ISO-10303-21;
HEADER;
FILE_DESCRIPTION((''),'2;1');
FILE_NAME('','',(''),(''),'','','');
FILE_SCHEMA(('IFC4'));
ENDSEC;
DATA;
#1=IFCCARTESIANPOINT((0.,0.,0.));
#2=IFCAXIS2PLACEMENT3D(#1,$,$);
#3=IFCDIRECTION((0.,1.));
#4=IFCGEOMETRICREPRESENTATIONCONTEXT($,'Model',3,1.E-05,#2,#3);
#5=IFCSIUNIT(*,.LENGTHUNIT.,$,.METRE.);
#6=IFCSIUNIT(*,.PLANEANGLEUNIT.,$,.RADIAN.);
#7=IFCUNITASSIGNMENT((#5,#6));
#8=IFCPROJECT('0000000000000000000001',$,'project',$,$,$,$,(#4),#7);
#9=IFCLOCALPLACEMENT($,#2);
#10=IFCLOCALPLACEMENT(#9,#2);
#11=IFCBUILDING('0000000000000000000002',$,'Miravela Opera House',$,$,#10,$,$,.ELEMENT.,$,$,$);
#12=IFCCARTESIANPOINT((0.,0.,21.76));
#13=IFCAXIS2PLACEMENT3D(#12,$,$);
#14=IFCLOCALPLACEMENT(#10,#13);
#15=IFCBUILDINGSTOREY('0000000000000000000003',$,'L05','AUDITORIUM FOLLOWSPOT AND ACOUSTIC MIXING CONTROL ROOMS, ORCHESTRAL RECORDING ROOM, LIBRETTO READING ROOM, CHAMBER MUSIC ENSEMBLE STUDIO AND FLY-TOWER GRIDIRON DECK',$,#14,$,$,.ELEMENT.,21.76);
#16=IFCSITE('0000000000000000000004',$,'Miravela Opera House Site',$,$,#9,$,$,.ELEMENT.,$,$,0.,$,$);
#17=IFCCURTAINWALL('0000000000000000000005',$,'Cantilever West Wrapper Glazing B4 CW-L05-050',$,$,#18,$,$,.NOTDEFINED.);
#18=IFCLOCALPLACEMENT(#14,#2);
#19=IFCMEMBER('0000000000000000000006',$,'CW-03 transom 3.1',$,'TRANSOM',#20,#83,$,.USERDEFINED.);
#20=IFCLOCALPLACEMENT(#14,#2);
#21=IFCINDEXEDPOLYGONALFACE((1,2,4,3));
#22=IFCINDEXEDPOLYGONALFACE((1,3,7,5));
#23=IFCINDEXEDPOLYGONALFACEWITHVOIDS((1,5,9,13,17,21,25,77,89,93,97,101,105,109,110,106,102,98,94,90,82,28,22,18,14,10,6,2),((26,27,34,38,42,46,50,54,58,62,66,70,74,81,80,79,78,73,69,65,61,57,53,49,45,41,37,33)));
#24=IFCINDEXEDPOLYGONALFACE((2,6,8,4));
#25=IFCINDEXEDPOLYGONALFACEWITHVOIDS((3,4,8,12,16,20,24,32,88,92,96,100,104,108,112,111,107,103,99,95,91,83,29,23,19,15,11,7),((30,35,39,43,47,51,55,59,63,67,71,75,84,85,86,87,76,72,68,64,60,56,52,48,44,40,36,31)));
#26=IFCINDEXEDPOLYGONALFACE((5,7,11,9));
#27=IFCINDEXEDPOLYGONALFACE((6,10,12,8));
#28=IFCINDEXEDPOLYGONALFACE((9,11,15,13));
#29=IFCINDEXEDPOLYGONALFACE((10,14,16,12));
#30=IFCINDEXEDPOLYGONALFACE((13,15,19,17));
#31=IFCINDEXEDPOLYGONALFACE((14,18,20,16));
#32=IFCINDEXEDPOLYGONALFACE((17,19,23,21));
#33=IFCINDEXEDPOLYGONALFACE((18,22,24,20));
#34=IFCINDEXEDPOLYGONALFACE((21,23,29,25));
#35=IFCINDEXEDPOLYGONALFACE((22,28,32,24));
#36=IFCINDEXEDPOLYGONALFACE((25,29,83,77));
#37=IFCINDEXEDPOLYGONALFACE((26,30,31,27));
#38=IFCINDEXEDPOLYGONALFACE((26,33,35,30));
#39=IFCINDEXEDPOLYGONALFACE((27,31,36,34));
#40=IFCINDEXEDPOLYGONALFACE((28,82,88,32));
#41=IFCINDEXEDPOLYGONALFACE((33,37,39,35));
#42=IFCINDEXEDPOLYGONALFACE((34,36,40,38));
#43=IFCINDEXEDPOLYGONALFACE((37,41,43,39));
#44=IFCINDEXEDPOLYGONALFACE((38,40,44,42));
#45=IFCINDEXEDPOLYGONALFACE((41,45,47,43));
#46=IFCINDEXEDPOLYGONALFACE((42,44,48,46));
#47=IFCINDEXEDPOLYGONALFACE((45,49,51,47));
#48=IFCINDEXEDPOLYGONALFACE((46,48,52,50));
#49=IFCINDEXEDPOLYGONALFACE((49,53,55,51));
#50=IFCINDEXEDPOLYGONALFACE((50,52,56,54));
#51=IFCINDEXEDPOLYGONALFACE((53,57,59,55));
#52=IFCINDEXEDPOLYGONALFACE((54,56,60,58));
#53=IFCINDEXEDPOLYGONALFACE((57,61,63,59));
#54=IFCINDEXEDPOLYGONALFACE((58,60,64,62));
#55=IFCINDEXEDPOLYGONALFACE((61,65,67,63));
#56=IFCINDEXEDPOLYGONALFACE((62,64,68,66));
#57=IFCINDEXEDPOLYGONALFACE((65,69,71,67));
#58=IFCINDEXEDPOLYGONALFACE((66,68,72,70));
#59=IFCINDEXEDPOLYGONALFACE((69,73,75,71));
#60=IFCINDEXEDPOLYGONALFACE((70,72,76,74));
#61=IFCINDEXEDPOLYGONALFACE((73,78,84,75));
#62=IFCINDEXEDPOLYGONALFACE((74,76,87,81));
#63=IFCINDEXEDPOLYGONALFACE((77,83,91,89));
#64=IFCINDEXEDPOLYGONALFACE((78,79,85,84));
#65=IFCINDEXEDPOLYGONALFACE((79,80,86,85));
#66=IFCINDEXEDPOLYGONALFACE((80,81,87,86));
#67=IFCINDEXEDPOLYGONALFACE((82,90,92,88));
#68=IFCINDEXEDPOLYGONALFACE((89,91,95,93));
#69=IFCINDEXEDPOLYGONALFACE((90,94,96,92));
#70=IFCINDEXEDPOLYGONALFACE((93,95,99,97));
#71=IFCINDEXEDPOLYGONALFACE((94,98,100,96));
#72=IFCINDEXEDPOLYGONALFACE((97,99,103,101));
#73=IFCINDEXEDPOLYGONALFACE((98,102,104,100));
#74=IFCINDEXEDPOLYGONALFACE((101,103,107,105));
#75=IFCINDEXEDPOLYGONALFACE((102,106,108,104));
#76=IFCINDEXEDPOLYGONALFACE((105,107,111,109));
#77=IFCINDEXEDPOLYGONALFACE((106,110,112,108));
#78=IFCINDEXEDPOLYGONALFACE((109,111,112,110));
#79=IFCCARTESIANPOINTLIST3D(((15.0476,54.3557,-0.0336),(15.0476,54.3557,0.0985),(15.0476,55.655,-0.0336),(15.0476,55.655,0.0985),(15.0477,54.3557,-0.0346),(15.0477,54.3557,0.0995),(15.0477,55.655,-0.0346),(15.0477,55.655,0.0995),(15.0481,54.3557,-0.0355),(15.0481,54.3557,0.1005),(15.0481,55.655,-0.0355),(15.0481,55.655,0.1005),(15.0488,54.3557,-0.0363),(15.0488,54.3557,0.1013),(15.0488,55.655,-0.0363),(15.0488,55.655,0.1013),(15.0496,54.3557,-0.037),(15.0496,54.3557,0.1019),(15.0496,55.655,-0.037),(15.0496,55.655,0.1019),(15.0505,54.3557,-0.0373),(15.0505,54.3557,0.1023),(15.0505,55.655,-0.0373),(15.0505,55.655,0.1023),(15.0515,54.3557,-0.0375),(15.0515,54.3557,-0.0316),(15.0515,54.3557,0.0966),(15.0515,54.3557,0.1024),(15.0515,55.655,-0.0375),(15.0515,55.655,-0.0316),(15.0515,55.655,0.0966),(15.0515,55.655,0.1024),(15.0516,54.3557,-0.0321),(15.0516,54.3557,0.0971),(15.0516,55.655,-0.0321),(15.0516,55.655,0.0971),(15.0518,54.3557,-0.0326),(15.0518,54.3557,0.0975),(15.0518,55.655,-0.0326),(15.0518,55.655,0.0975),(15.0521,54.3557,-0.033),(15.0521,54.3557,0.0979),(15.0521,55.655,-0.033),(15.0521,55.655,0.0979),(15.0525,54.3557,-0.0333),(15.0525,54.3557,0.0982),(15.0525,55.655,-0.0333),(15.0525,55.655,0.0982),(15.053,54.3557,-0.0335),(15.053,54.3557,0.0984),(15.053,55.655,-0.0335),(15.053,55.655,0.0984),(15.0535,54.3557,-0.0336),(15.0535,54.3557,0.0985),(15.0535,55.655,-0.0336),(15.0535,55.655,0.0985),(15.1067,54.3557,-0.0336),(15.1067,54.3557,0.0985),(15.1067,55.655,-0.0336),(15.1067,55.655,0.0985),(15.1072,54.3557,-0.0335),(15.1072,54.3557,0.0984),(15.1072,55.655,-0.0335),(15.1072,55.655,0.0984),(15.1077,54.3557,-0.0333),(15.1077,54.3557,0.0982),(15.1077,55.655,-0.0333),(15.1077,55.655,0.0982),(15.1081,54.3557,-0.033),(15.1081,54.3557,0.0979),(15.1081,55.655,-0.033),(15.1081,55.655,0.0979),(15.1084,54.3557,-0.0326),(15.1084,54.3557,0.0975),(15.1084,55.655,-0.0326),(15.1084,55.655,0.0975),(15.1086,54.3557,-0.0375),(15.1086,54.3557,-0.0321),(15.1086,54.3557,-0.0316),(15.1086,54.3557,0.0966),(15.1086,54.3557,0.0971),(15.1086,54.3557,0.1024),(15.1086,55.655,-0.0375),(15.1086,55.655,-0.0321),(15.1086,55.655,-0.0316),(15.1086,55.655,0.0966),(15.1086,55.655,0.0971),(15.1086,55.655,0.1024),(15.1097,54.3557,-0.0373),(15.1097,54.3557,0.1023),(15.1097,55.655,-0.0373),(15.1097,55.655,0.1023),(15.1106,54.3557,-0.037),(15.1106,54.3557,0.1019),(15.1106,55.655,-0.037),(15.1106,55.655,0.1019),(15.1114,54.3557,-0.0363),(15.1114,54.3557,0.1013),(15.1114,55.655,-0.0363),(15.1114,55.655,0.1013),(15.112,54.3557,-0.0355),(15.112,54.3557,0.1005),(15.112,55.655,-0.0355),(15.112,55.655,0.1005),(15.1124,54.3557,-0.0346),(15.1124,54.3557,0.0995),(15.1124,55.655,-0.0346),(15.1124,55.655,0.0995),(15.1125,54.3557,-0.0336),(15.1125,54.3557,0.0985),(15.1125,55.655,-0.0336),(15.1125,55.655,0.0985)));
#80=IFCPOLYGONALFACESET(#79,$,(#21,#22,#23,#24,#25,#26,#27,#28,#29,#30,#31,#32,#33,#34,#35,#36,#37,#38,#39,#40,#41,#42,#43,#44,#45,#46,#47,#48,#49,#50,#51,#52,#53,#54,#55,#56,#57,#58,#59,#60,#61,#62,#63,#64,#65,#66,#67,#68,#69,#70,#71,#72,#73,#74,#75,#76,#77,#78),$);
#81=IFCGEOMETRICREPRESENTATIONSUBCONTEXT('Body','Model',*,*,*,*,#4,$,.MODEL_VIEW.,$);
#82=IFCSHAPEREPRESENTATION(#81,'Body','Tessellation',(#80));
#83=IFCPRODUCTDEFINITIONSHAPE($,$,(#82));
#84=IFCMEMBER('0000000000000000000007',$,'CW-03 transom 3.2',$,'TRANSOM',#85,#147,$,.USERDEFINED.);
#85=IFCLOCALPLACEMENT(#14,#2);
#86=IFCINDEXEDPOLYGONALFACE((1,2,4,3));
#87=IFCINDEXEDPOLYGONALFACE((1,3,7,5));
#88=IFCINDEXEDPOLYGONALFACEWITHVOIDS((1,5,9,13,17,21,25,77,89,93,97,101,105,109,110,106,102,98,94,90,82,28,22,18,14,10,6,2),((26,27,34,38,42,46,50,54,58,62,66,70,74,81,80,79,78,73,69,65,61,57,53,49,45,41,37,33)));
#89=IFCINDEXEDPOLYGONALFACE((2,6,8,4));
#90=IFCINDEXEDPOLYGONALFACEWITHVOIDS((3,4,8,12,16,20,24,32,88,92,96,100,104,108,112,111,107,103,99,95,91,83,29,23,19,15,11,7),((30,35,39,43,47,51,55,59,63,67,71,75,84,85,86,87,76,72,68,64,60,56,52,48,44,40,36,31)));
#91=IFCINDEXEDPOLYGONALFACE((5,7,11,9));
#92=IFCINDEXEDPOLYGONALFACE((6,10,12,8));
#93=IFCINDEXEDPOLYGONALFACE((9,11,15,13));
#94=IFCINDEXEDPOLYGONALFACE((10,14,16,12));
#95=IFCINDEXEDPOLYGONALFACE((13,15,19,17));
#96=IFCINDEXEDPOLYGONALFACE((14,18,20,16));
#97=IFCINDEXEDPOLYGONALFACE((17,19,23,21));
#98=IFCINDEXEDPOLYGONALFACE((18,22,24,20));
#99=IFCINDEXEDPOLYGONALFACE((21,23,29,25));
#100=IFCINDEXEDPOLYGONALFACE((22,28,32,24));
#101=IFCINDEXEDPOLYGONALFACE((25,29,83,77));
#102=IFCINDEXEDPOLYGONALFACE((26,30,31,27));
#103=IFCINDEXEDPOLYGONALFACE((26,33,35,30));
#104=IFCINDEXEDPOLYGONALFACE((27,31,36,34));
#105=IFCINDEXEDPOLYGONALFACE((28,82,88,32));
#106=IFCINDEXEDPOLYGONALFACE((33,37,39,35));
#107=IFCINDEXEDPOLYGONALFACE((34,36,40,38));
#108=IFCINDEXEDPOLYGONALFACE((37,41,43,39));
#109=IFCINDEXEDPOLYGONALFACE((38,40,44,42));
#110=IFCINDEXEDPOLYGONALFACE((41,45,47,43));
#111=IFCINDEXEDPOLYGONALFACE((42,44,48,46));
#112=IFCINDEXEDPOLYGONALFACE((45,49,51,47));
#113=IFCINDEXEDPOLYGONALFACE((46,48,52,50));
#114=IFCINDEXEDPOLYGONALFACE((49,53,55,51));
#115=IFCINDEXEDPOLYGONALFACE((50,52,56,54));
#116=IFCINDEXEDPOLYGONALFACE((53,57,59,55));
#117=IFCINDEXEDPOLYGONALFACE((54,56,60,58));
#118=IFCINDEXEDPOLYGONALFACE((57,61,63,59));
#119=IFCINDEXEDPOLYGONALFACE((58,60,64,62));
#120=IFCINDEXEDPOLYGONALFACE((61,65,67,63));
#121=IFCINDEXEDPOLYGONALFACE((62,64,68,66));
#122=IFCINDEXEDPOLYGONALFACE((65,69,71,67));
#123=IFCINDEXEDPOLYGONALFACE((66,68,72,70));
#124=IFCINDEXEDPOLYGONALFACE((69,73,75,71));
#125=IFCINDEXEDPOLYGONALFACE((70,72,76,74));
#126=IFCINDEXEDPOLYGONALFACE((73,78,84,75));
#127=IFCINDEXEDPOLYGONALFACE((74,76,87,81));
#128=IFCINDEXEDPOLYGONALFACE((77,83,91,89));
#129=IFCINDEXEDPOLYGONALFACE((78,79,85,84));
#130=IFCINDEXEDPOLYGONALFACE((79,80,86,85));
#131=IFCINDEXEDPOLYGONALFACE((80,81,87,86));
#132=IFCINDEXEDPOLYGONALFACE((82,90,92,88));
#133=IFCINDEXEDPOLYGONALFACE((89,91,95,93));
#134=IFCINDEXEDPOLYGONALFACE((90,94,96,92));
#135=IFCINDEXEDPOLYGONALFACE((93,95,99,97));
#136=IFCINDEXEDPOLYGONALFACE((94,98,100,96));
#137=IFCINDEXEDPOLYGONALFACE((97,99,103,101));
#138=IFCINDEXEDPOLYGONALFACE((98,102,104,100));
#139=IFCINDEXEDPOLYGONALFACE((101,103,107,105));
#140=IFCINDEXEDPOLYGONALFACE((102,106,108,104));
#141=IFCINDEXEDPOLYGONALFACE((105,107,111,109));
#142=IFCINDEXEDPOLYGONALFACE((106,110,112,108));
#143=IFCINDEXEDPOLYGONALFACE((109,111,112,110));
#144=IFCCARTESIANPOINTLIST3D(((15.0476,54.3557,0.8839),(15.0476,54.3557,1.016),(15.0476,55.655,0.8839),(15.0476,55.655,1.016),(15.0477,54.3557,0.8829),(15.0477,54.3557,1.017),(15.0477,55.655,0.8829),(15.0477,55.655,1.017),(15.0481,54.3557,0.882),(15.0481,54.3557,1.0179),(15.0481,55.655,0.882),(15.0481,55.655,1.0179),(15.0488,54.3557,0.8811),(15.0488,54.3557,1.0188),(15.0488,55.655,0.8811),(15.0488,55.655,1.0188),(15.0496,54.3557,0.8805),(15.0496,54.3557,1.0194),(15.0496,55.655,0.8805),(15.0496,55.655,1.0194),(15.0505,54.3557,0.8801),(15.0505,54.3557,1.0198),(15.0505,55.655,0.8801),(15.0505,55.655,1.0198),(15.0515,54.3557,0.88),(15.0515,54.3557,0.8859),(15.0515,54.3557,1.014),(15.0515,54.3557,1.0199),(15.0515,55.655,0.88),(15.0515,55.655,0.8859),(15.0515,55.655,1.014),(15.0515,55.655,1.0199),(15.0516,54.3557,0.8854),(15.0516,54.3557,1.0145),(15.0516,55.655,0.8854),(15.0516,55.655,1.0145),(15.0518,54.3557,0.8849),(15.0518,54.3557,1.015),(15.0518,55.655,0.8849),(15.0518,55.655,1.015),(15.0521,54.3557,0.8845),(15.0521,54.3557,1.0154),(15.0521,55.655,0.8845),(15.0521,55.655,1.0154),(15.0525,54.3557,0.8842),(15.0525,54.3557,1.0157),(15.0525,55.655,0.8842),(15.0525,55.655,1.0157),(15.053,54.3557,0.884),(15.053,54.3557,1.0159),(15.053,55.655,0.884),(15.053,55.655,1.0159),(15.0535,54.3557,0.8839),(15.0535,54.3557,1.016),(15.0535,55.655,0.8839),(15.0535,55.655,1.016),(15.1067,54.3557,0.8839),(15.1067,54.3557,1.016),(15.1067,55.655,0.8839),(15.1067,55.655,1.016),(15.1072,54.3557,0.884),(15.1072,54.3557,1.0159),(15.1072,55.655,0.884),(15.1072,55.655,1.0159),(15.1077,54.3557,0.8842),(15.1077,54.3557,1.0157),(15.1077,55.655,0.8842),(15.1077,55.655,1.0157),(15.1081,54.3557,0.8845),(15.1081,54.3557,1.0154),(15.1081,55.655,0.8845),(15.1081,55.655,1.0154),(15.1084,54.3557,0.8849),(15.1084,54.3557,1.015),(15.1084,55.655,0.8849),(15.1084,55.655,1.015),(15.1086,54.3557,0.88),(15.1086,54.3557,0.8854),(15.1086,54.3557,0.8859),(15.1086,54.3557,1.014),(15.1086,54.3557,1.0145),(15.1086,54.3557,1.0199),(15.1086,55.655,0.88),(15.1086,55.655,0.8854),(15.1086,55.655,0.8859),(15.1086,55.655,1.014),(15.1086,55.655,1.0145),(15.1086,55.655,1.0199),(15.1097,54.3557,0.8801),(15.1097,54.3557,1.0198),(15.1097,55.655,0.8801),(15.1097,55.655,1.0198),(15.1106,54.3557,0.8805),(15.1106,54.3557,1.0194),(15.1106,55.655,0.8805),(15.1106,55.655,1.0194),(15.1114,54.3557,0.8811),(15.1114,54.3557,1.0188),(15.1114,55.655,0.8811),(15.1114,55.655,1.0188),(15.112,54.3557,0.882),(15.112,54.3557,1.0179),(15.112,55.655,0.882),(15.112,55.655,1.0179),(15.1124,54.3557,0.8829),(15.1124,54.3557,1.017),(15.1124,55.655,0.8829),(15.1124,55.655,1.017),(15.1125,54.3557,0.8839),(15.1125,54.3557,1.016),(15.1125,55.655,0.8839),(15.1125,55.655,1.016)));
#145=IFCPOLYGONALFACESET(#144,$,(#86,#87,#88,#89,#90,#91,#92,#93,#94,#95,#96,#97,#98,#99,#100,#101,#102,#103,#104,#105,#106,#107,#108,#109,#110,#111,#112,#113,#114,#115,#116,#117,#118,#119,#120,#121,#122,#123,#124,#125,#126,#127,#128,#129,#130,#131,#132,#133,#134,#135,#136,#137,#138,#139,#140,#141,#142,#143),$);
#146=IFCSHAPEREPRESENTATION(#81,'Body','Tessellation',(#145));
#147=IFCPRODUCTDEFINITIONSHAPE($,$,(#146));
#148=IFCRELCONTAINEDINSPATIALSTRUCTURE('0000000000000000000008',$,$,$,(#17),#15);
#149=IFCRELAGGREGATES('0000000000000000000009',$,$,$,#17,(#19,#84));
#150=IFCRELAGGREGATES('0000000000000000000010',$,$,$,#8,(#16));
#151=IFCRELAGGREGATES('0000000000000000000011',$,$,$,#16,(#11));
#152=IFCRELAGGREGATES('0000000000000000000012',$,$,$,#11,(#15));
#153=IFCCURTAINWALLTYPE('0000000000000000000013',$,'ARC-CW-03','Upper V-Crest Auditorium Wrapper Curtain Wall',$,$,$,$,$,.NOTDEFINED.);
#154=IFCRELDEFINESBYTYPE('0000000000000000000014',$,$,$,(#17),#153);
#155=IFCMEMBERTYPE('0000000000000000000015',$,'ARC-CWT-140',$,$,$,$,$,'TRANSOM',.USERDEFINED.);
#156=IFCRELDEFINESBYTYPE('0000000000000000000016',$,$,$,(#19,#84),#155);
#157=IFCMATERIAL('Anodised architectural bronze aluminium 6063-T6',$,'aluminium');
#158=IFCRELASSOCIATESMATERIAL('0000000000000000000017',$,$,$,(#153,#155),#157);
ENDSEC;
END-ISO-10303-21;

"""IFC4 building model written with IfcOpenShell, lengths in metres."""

from ifc_helpers import new_model, si_unit, direction, frame, origin, origin_2d, place, context, subcontext, project, spatial, hollow_rectangle, extrude, material, material_profile, profile_set, type_object, element, aggregate, save


model = new_model("IFC4")

# Units and contexts
model_context = context("Model", 3, precision=1e-05, world=origin(), true_north=direction((0.0, 1.0)))
body_context = subcontext(model_context, "Body", "Model", "MODEL_VIEW")
ifc_project = project(units=[si_unit("LENGTHUNIT", "METRE"), si_unit("PLANEANGLEUNIT", "RADIAN")], contexts=[model_context])

# Site, building, storey
site_placement = place(None, origin())
site = spatial("IfcSite", under=ifc_project, at=site_placement, Name="Miravela Opera House Site", CompositionType="ELEMENT", RefElevation=0.0)
building_placement = place(site_placement, origin())
building = spatial("IfcBuilding", under=site, at=building_placement, Name="Miravela Opera House", CompositionType="ELEMENT")
storey_placement = place(building_placement, frame((0.0, 0.0, 21.76)))
storey = spatial("IfcBuildingStorey", under=building, at=storey_placement, Name="L05", Description="AUDITORIUM FOLLOWSPOT AND ACOUSTIC MIXING CONTROL ROOMS, ORCHESTRAL RECORDING ROOM, LIBRETTO READING ROOM, CHAMBER MUSIC ENSEMBLE STUDIO AND FLY-TOWER GRIDIRON DECK", CompositionType="ELEMENT", Elevation=21.76)

# Curtain wall, members
ifc_material_1 = material(Name="Anodised architectural bronze aluminium 6063-T6", Category="aluminium")
curtain_wall_type = type_object("IfcCurtainWallType", Name="ARC-CW-03", Description="Upper V-Crest Auditorium Wrapper Curtain Wall", PredefinedType="NOTDEFINED", material=ifc_material_1)
curtain_wall_placement = place(storey_placement, origin())
curtain_wall = element("IfcCurtainWall", 1, at=curtain_wall_placement, inside=storey, type_object=curtain_wall_type, Name="Cantilever West Wrapper Glazing B4 CW-L05-050", PredefinedType="NOTDEFINED")
ifc_material_profile_1 = material_profile(ifc_material_1, hollow_rectangle(XDim=0.0649, YDim=0.1399, WallThickness=0.0039, InnerFilletRadius=0.002, OuterFilletRadius=0.0039, at=origin_2d()), Name="CWT-65X140")
ifc_profile_set_1 = profile_set([ifc_material_profile_1])
member_type_1 = type_object("IfcMemberType", Name="ARC-CWT-140", ElementType="TRANSOM", PredefinedType="USERDEFINED", material=ifc_profile_set_1)
member_1_placement = place(storey_placement, frame((15.0801, 54.3557, 0.0325), z_axis=(0.0, 1.0, 0.0), x_axis=(-1.0, 0.0, 0.0)))
member_1 = element("IfcMember", 2, at=member_1_placement, type_object=member_type_1, Name="CW-03 transom 3.1", ObjectType="TRANSOM", PredefinedType="USERDEFINED", context=body_context, shape_type="SweptSolid", body=[
    extrude(hollow_rectangle(XDim=0.0649, YDim=0.1399, WallThickness=0.0039, InnerFilletRadius=0.002, OuterFilletRadius=0.0039, at=origin_2d()), origin(), (0.0, 0.0, 1.0), 1.2993),
])
member_2_placement = place(storey_placement, frame((15.0801, 54.3557, 0.95), z_axis=(0.0, 1.0, 0.0), x_axis=(-1.0, 0.0, 0.0)))
member_2 = element("IfcMember", 3, at=member_2_placement, type_object=member_type_1, Name="CW-03 transom 3.2", ObjectType="TRANSOM", PredefinedType="USERDEFINED", context=body_context, shape_type="SweptSolid", body=[
    extrude(hollow_rectangle(XDim=0.0649, YDim=0.1399, WallThickness=0.0039, InnerFilletRadius=0.002, OuterFilletRadius=0.0039, at=origin_2d()), origin(), (0.0, 0.0, 1.0), 1.2993),
])
aggregate(curtain_wall, [member_1, member_2])

save(model, "model.ifc")
